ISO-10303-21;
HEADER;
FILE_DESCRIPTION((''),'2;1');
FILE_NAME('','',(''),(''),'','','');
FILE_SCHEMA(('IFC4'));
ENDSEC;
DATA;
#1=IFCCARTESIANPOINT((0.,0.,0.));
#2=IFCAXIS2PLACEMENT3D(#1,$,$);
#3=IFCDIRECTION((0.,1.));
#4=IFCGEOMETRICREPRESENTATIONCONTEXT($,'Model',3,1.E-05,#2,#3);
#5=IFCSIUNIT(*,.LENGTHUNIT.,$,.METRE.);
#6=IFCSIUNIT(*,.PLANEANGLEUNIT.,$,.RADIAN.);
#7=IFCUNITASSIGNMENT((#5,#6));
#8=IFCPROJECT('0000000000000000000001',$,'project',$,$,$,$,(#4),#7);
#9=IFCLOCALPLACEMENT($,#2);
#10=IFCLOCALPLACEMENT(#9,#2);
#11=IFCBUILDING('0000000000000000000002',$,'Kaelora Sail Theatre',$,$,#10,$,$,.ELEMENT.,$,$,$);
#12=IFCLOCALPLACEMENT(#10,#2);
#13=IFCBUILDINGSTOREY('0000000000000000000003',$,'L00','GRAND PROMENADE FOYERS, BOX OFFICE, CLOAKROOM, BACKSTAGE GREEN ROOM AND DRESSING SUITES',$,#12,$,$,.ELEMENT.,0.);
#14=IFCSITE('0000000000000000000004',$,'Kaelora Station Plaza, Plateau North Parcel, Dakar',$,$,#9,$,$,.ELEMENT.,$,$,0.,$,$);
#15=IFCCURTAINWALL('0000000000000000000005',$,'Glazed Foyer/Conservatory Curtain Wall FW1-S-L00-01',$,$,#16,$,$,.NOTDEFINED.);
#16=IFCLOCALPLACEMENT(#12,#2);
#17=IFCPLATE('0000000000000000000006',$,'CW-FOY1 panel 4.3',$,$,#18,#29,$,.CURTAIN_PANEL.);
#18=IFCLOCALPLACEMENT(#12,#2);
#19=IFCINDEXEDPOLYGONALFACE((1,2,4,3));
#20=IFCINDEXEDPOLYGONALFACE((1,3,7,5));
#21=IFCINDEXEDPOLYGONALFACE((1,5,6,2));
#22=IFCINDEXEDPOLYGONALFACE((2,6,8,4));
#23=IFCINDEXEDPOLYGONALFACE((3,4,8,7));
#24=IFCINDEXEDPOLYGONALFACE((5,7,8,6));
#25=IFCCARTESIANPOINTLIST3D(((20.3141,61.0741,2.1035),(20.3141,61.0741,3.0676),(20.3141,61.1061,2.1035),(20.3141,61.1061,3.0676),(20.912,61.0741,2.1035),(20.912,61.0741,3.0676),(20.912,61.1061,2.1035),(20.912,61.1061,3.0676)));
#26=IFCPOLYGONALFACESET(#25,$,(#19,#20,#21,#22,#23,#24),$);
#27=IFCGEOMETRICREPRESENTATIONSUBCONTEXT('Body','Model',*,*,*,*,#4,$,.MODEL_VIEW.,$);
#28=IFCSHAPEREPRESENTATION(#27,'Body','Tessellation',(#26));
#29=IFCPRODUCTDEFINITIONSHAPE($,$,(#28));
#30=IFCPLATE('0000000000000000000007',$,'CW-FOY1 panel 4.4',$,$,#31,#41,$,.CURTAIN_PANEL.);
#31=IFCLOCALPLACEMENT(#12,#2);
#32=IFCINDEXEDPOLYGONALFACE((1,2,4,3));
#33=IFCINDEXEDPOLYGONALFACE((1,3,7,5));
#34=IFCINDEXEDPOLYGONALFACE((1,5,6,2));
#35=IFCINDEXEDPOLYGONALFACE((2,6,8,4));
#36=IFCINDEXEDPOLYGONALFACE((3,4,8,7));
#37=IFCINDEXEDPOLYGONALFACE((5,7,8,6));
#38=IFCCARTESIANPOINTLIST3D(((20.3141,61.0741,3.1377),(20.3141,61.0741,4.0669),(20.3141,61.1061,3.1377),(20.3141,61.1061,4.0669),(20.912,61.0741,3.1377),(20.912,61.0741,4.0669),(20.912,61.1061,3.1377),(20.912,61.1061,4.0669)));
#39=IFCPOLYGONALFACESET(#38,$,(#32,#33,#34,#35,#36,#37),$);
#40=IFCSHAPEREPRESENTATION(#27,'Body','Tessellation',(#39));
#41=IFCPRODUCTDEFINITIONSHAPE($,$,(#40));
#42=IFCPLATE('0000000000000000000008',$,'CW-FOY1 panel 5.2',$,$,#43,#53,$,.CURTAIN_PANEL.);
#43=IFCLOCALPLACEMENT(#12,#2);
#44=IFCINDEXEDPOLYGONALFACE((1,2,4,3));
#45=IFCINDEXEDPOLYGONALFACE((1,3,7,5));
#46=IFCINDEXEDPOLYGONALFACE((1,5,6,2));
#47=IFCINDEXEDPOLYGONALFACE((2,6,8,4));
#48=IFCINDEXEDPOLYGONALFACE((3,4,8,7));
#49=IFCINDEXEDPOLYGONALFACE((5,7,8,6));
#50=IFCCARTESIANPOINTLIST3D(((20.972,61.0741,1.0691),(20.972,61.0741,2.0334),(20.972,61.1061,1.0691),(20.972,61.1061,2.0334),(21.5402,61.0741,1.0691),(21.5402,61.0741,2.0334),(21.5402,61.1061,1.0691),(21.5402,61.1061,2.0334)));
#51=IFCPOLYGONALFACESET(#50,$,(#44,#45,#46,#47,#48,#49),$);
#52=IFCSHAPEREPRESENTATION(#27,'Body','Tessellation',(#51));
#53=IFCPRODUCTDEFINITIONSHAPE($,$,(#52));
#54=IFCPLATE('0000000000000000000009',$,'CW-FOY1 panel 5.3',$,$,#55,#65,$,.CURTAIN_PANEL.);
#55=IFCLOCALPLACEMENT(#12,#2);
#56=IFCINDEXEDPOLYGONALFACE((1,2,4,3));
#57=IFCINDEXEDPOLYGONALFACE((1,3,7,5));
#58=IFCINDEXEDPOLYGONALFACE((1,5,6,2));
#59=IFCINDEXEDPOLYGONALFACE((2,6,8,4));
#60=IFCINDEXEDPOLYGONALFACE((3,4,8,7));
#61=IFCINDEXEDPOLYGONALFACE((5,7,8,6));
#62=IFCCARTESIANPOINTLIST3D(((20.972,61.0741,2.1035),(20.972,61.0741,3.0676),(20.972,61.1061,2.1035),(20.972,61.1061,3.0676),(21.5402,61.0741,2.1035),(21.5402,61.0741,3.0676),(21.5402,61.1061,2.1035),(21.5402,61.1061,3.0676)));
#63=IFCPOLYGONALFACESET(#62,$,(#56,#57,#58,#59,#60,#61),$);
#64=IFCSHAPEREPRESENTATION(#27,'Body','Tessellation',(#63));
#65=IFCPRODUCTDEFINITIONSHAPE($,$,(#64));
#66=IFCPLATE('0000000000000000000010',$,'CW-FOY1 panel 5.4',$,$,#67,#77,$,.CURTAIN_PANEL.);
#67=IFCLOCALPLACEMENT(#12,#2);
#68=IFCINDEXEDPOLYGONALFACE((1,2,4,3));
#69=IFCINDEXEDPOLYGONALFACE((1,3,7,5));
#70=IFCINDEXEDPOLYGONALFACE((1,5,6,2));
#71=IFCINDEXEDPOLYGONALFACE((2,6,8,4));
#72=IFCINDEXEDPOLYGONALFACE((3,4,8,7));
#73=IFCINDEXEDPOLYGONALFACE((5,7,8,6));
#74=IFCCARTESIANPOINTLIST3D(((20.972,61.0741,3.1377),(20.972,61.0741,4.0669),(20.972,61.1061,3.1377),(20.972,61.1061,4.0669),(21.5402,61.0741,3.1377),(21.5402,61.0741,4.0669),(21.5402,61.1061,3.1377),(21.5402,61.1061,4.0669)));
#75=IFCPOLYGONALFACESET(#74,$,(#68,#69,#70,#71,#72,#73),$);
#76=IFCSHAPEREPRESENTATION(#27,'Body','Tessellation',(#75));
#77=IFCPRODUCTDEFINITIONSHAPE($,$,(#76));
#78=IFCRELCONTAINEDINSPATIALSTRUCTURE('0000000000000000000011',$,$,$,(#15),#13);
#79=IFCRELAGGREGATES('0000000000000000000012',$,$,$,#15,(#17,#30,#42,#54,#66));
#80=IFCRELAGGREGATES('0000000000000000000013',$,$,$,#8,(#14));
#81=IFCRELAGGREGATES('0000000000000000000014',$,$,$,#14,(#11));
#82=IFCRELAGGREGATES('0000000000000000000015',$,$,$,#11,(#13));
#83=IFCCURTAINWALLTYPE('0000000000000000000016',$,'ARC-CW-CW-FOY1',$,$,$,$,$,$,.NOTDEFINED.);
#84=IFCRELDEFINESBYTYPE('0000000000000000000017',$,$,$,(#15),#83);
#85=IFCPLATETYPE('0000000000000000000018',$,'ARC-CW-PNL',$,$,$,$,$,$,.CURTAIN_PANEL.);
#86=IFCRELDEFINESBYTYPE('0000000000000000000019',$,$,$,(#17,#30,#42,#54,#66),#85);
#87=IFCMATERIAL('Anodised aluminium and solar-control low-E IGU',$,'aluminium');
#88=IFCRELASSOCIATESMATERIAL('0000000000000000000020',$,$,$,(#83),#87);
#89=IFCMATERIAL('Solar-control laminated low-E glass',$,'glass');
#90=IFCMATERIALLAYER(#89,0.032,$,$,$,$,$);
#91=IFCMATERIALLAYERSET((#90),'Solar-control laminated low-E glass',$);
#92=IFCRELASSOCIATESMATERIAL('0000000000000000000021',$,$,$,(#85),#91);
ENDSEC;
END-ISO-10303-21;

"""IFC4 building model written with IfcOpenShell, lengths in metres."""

from ifc_helpers import new_model, si_unit, direction, frame, origin, origin_2d, place, context, subcontext, project, spatial, rectangle, extrude, material, layer, layer_set, type_object, element, aggregate, save


model = new_model("IFC4")

# Units and contexts
model_context = context("Model", 3, precision=1e-05, world=origin(), true_north=direction((0.0, 1.0)))
body_context = subcontext(model_context, "Body", "Model", "MODEL_VIEW")
ifc_project = project(units=[si_unit("LENGTHUNIT", "METRE"), si_unit("PLANEANGLEUNIT", "RADIAN")], contexts=[model_context])

# Site, building, storey
site_placement = place(None, origin())
site = spatial("IfcSite", under=ifc_project, at=site_placement, Name="Kaelora Station Plaza, Plateau North Parcel, Dakar", CompositionType="ELEMENT", RefElevation=0.0)
building_placement = place(site_placement, origin())
building = spatial("IfcBuilding", under=site, at=building_placement, Name="Kaelora Sail Theatre", CompositionType="ELEMENT")
storey_placement = place(building_placement, origin())
storey = spatial("IfcBuildingStorey", under=building, at=storey_placement, Name="L00", Description="GRAND PROMENADE FOYERS, BOX OFFICE, CLOAKROOM, BACKSTAGE GREEN ROOM AND DRESSING SUITES", CompositionType="ELEMENT", Elevation=0.0)

# Curtain wall, plates
ifc_material_1 = material(Name="Anodised aluminium and solar-control low-E IGU", Category="aluminium")
curtain_wall_type = type_object("IfcCurtainWallType", Name="ARC-CW-CW-FOY1", PredefinedType="NOTDEFINED", material=ifc_material_1)
curtain_wall_placement = place(storey_placement, origin())
curtain_wall = element("IfcCurtainWall", 1, at=curtain_wall_placement, inside=storey, type_object=curtain_wall_type, Name="Glazed Foyer/Conservatory Curtain Wall FW1-S-L00-01", PredefinedType="NOTDEFINED")
ifc_material_2 = material(Name="Solar-control laminated low-E glass", Category="glass")
ifc_layer = layer(ifc_material_2, 0.032)
ifc_layer_set = layer_set([ifc_layer], Name="Solar-control laminated low-E glass")
plate_type = type_object("IfcPlateType", Name="ARC-CW-PNL", PredefinedType="CURTAIN_PANEL", material=ifc_layer_set)
plate_1_placement = place(storey_placement, frame((20.613, 61.0901, 2.1035), z_axis=(0.0, 0.0, 1.0), x_axis=(1.0, 0.0, 0.0)))
plate_1 = element("IfcPlate", 2, at=plate_1_placement, type_object=plate_type, Name="CW-FOY1 panel 4.3", PredefinedType="CURTAIN_PANEL", context=body_context, shape_type="SweptSolid", body=[
    extrude(rectangle(XDim=0.5979, YDim=0.032, at=origin_2d()), origin(), (0.0, 0.0, 1.0), 0.9641),
])
plate_2_placement = place(storey_placement, frame((20.613, 61.0901, 3.1377), z_axis=(0.0, 0.0, 1.0), x_axis=(1.0, 0.0, 0.0)))
plate_2 = element("IfcPlate", 3, at=plate_2_placement, type_object=plate_type, Name="CW-FOY1 panel 4.4", PredefinedType="CURTAIN_PANEL", context=body_context, shape_type="SweptSolid", body=[
    extrude(rectangle(XDim=0.5979, YDim=0.032, at=origin_2d()), origin(), (0.0, 0.0, 1.0), 0.9292),
])
plate_3_placement = place(storey_placement, frame((21.2561, 61.0901, 1.0691), z_axis=(0.0, 0.0, 1.0), x_axis=(1.0, 0.0, 0.0)))
plate_3 = element("IfcPlate", 4, at=plate_3_placement, type_object=plate_type, Name="CW-FOY1 panel 5.2", PredefinedType="CURTAIN_PANEL", context=body_context, shape_type="SweptSolid", body=[
    extrude(rectangle(XDim=0.5681, YDim=0.032, at=origin_2d()), origin(), (0.0, 0.0, 1.0), 0.9644),
])
plate_4_placement = place(storey_placement, frame((21.2561, 61.0901, 2.1035), z_axis=(0.0, 0.0, 1.0), x_axis=(1.0, 0.0, 0.0)))
plate_4 = element("IfcPlate", 5, at=plate_4_placement, type_object=plate_type, Name="CW-FOY1 panel 5.3", PredefinedType="CURTAIN_PANEL", context=body_context, shape_type="SweptSolid", body=[
    extrude(rectangle(XDim=0.5681, YDim=0.032, at=origin_2d()), origin(), (0.0, 0.0, 1.0), 0.9641),
])
plate_5_placement = place(storey_placement, frame((21.2561, 61.0901, 3.1377), z_axis=(0.0, 0.0, 1.0), x_axis=(1.0, 0.0, 0.0)))
plate_5 = element("IfcPlate", 6, at=plate_5_placement, type_object=plate_type, Name="CW-FOY1 panel 5.4", PredefinedType="CURTAIN_PANEL", context=body_context, shape_type="SweptSolid", body=[
    extrude(rectangle(XDim=0.5681, YDim=0.032, at=origin_2d()), origin(), (0.0, 0.0, 1.0), 0.9292),
])
aggregate(curtain_wall, [plate_1, plate_2, plate_3, plate_4, plate_5])

save(model, "model.ifc")
